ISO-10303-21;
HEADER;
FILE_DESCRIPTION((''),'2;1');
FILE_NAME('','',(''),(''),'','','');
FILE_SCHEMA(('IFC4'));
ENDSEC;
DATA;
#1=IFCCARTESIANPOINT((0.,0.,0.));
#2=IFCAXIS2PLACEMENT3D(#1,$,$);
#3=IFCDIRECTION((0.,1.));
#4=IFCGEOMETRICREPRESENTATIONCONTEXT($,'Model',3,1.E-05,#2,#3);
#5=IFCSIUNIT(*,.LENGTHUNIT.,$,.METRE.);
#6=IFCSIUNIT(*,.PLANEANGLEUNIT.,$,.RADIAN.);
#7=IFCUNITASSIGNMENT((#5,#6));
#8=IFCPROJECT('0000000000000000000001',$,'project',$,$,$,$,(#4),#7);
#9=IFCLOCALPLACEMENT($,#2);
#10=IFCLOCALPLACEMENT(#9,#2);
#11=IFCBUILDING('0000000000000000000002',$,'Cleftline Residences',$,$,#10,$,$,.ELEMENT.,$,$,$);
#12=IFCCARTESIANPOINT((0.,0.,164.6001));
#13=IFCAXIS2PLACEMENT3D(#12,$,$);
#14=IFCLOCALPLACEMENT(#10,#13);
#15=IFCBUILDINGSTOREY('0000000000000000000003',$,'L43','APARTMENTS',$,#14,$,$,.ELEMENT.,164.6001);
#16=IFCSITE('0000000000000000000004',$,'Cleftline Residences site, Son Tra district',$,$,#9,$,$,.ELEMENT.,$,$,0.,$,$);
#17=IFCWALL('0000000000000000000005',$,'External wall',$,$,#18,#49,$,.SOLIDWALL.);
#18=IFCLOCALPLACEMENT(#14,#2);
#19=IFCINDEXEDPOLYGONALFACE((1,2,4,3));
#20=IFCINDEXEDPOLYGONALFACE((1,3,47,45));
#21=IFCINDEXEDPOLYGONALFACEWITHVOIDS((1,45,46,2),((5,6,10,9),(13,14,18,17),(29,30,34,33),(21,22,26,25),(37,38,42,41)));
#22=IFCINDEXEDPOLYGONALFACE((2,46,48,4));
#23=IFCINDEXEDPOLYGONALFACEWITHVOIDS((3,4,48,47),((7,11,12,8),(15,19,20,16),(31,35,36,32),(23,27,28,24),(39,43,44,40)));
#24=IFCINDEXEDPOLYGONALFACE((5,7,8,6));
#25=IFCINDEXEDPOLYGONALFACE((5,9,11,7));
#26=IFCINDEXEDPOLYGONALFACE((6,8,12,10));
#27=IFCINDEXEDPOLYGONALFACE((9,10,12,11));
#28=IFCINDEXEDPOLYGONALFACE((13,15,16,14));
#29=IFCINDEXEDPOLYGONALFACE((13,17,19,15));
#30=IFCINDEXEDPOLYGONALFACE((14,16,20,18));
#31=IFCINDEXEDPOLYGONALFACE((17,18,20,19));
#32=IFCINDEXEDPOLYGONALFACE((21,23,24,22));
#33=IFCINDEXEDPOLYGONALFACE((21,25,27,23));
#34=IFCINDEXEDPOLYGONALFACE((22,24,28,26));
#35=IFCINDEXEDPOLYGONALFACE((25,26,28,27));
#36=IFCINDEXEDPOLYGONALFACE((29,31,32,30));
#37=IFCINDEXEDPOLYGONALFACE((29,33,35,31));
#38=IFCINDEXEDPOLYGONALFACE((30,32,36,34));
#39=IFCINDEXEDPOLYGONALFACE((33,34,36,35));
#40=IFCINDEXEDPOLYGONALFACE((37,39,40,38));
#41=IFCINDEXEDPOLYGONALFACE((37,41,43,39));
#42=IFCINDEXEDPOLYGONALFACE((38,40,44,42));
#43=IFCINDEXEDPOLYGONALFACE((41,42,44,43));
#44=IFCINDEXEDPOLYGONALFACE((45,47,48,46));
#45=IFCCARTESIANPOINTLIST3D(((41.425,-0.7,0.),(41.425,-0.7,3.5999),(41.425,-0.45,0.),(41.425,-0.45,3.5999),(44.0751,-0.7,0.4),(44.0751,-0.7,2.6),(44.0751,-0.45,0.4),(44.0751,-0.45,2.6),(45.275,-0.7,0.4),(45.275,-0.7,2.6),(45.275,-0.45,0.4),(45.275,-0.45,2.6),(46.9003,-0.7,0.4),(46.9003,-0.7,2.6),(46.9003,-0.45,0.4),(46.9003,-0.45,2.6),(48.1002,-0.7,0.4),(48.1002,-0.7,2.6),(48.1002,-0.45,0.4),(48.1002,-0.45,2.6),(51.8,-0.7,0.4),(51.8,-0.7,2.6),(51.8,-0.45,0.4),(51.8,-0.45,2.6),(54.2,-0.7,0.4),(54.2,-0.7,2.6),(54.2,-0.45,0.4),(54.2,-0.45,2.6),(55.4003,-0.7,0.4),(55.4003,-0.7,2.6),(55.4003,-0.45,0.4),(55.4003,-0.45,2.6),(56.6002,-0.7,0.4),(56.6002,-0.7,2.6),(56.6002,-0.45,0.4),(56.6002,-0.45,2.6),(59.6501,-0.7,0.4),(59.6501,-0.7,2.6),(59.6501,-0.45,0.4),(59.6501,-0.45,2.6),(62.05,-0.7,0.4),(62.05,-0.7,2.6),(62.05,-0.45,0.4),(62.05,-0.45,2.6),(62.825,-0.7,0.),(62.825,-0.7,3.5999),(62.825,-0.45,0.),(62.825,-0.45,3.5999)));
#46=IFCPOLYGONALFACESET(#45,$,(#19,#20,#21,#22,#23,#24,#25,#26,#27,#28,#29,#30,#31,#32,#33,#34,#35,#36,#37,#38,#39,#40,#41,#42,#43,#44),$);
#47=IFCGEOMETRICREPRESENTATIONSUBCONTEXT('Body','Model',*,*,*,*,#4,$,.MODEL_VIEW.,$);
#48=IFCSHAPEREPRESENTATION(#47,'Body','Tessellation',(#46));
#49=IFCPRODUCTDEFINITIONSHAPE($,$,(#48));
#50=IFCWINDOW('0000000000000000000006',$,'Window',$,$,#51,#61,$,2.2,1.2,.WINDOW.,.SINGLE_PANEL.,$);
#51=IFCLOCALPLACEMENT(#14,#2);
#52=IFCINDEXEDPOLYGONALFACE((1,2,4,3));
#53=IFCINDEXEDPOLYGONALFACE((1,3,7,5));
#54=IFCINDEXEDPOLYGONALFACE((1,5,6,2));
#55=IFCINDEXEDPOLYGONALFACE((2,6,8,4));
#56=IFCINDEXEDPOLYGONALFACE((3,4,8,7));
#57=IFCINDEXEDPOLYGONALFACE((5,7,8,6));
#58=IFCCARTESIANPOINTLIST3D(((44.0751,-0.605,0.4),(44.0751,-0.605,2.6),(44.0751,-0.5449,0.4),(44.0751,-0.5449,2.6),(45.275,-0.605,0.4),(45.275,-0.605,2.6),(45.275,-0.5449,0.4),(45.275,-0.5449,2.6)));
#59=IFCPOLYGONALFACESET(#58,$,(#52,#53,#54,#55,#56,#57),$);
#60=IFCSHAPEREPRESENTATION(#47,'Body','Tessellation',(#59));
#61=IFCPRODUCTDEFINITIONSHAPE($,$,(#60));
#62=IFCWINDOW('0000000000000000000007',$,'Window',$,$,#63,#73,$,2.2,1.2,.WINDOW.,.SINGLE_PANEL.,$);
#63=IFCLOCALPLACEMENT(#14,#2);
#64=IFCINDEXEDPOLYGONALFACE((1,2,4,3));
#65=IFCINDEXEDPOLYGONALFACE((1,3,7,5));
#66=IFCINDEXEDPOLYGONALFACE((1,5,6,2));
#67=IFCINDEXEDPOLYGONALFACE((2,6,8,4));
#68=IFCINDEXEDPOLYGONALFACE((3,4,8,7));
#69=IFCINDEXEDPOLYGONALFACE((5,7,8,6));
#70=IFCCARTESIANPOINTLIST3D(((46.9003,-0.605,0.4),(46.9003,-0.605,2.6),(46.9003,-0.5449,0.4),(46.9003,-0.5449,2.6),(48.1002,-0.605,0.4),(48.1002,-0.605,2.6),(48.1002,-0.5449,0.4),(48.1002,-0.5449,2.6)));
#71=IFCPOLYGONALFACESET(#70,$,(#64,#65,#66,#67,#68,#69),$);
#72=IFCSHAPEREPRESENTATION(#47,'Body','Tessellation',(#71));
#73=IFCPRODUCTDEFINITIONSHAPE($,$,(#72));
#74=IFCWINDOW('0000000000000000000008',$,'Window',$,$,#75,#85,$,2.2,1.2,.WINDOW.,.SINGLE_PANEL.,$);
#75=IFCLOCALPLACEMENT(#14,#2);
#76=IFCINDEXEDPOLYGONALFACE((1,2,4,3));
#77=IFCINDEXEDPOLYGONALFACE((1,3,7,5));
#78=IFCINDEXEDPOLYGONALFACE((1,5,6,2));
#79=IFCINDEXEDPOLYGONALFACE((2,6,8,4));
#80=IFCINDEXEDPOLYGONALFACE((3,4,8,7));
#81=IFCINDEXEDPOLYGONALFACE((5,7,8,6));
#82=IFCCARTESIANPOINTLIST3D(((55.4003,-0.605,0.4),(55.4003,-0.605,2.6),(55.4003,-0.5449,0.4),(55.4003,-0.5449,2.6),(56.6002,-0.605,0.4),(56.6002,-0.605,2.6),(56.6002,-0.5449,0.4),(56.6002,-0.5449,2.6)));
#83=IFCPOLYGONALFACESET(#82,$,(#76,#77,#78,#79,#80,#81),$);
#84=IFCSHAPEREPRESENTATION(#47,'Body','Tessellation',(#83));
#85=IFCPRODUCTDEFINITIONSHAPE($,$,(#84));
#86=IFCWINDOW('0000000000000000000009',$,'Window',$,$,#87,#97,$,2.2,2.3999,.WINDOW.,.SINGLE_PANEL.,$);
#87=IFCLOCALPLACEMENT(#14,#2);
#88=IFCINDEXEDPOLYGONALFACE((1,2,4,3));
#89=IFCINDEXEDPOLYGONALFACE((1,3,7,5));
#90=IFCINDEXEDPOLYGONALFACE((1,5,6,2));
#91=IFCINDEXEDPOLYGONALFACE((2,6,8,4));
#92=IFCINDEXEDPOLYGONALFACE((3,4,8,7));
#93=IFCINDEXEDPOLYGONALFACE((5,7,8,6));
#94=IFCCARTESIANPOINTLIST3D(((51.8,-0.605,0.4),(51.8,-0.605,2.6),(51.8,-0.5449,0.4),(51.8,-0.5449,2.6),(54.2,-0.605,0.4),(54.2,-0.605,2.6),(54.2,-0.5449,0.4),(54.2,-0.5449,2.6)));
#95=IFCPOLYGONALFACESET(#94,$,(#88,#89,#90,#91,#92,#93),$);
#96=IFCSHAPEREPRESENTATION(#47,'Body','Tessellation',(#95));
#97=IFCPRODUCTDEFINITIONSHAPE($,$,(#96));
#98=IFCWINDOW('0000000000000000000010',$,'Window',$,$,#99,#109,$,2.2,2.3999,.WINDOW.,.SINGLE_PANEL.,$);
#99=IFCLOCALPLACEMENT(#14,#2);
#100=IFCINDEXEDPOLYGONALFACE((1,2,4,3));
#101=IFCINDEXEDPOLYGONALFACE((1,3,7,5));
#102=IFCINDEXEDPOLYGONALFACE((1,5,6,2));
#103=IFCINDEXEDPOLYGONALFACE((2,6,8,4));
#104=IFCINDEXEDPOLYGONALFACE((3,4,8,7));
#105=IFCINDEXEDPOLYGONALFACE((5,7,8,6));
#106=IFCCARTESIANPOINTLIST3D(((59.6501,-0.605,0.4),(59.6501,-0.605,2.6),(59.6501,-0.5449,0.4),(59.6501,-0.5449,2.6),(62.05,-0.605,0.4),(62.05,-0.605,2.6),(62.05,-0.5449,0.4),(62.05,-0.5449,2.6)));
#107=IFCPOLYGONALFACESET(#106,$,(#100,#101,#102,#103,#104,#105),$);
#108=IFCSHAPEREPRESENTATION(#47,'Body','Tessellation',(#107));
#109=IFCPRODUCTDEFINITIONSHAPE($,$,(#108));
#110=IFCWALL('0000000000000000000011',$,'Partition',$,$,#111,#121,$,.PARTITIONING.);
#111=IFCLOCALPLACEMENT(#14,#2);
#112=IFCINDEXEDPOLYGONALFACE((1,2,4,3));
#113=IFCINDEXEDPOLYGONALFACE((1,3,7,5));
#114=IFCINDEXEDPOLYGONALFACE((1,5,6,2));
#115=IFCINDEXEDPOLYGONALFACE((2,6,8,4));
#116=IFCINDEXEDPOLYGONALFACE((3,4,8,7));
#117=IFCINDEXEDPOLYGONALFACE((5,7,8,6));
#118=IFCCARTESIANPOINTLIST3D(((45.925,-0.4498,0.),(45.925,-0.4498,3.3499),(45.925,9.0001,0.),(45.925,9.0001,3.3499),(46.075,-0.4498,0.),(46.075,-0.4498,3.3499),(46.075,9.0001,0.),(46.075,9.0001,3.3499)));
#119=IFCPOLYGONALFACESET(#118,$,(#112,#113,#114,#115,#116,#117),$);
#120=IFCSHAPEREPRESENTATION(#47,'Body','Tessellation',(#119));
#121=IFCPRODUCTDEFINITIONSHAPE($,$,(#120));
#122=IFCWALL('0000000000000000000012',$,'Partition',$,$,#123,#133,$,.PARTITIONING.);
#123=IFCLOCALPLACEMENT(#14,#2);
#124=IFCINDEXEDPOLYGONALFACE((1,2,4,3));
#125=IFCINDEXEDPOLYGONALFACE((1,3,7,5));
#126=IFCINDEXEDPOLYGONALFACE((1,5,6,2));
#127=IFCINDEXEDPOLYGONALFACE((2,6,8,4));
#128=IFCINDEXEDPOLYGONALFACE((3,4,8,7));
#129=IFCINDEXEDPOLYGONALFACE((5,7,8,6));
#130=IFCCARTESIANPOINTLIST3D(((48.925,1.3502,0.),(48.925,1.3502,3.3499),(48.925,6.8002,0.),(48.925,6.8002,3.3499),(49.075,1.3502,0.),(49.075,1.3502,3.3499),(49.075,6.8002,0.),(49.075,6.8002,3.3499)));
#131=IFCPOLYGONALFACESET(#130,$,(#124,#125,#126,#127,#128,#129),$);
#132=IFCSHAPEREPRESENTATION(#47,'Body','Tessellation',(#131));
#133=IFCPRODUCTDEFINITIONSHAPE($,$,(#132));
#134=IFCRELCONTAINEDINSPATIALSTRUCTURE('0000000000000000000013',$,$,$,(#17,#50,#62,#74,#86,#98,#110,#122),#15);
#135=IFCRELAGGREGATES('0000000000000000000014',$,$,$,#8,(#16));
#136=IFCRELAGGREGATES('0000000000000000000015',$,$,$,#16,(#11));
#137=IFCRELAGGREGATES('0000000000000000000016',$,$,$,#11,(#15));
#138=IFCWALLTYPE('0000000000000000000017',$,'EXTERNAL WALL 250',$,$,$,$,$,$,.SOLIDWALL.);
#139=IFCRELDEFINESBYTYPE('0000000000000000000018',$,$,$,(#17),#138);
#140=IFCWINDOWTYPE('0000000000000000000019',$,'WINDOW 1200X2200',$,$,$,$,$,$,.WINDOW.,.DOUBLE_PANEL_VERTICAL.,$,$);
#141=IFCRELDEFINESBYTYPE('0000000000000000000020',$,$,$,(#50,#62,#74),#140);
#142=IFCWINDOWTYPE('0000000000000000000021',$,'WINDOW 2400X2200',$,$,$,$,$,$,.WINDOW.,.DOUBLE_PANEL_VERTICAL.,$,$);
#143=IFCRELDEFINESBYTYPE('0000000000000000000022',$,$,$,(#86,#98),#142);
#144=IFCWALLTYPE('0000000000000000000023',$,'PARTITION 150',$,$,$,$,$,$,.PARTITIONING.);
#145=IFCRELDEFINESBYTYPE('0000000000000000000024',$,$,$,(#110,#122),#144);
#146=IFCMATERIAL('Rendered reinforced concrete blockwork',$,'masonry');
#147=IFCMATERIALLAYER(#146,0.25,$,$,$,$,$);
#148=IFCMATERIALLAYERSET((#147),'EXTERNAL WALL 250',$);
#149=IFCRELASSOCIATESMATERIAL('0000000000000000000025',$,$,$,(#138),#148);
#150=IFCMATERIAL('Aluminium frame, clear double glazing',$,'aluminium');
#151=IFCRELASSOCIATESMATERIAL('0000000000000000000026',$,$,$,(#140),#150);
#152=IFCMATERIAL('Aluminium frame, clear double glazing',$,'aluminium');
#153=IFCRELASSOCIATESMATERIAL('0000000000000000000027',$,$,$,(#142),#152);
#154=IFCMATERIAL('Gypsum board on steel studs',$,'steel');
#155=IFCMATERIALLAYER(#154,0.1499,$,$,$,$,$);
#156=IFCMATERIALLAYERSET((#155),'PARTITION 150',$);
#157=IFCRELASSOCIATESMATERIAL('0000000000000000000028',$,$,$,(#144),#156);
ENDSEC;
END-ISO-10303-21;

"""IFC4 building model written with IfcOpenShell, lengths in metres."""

from ifc_helpers import new_model, si_unit, direction, frame, frame_2d, origin, place, context, subcontext, project, spatial, rectangle, extrude, material, layer, layer_set, type_object, element, fill, save


model = new_model("IFC4")

# Units and contexts
model_context = context("Model", 3, precision=1e-05, world=origin(), true_north=direction((0.0, 1.0)))
body_context = subcontext(model_context, "Body", "Model", "MODEL_VIEW")
ifc_project = project(units=[si_unit("LENGTHUNIT", "METRE"), si_unit("PLANEANGLEUNIT", "RADIAN")], contexts=[model_context])

# Site, building, storey
site_placement = place(None, origin())
site = spatial("IfcSite", under=ifc_project, at=site_placement, Name="Cleftline Residences site, Son Tra district", CompositionType="ELEMENT", RefElevation=0.0)
building_placement = place(site_placement, origin())
building = spatial("IfcBuilding", under=site, at=building_placement, Name="Cleftline Residences", CompositionType="ELEMENT")
storey_placement = place(building_placement, frame((0.0, 0.0, 164.6001)))
storey = spatial("IfcBuildingStorey", under=building, at=storey_placement, Name="L43", Description="APARTMENTS", CompositionType="ELEMENT", Elevation=164.6001)

# Wall, openings, windows
ifc_material_1 = material(Name="Rendered reinforced concrete blockwork", Category="masonry")
ifc_layer_1 = layer(ifc_material_1, 0.25)
ifc_layer_set_1 = layer_set([ifc_layer_1], Name="EXTERNAL WALL 250")
wall_type_1 = type_object("IfcWallType", Name="EXTERNAL WALL 250", PredefinedType="SOLIDWALL", material=ifc_layer_set_1)
wall_1_placement = place(storey_placement, frame((41.425, -0.575, 0.0), z_axis=(0.0, 0.0, 1.0), x_axis=(1.0, 0.0, 0.0)))
wall_1 = element("IfcWall", 1, at=wall_1_placement, inside=storey, type_object=wall_type_1, Name="External wall", PredefinedType="SOLIDWALL", context=body_context, shape_type="SweptSolid", body=[
    extrude(rectangle(XDim=21.3999, YDim=0.25, at=frame_2d((10.7, 0.0))), origin(), (0.0, 0.0, 1.0), 3.5999),
])
opening_1_placement = place(wall_1_placement, frame((2.6499, 0.0, 0.3999)))
opening_1 = element("IfcOpeningElement", 2, at=opening_1_placement, cuts=wall_1, PredefinedType="OPENING", context=body_context, shape_type="SweptSolid", body=[
    extrude(rectangle(XDim=1.2, YDim=2.2, at=frame_2d((0.6001, 1.1001))), frame((0.0, 0.135, 0.0), z_axis=(0.0, -1.0, 0.0), x_axis=(1.0, 0.0, 0.0)), (0.0, 0.0, 1.0), 0.27),
])
opening_2_placement = place(wall_1_placement, frame((5.4751, 0.0, 0.3999)))
opening_2 = element("IfcOpeningElement", 3, at=opening_2_placement, cuts=wall_1, PredefinedType="OPENING", context=body_context, shape_type="SweptSolid", body=[
    extrude(rectangle(XDim=1.2, YDim=2.2, at=frame_2d((0.6001, 1.1001))), frame((0.0, 0.135, 0.0), z_axis=(0.0, -1.0, 0.0), x_axis=(1.0, 0.0, 0.0)), (0.0, 0.0, 1.0), 0.27),
])
opening_3_placement = place(wall_1_placement, frame((10.375, 0.0, 0.3999)))
opening_3 = element("IfcOpeningElement", 4, at=opening_3_placement, cuts=wall_1, PredefinedType="OPENING", context=body_context, shape_type="SweptSolid", body=[
    extrude(rectangle(XDim=2.3999, YDim=2.2, at=frame_2d((1.2, 1.1001))), frame((0.0, 0.135, 0.0), z_axis=(0.0, -1.0, 0.0), x_axis=(1.0, 0.0, 0.0)), (0.0, 0.0, 1.0), 0.27),
])
opening_4_placement = place(wall_1_placement, frame((13.9751, 0.0, 0.3999)))
opening_4 = element("IfcOpeningElement", 5, at=opening_4_placement, cuts=wall_1, PredefinedType="OPENING", context=body_context, shape_type="SweptSolid", body=[
    extrude(rectangle(XDim=1.2, YDim=2.2, at=frame_2d((0.6001, 1.1001))), frame((0.0, 0.135, 0.0), z_axis=(0.0, -1.0, 0.0), x_axis=(1.0, 0.0, 0.0)), (0.0, 0.0, 1.0), 0.27),
])
opening_5_placement = place(wall_1_placement, frame((18.2251, 0.0, 0.3999)))
opening_5 = element("IfcOpeningElement", 6, at=opening_5_placement, cuts=wall_1, PredefinedType="OPENING", context=body_context, shape_type="SweptSolid", body=[
    extrude(rectangle(XDim=2.3999, YDim=2.2, at=frame_2d((1.2, 1.1001))), frame((0.0, 0.135, 0.0), z_axis=(0.0, -1.0, 0.0), x_axis=(1.0, 0.0, 0.0)), (0.0, 0.0, 1.0), 0.27),
])
ifc_material_2 = material(Name="Aluminium frame, clear double glazing", Category="aluminium")
window_type_1 = type_object("IfcWindowType", Name="WINDOW 1200X2200", PartitioningType="DOUBLE_PANEL_VERTICAL", PredefinedType="WINDOW", material=ifc_material_2)
window_1_placement = place(opening_1_placement, origin())
window_1 = element("IfcWindow", 7, at=window_1_placement, inside=storey, type_object=window_type_1, Name="Window", OverallHeight=2.2, OverallWidth=1.2, PartitioningType="SINGLE_PANEL", PredefinedType="WINDOW", context=body_context, shape_type="SweptSolid", body=[
    extrude(rectangle(XDim=1.2, YDim=2.2, at=frame_2d((0.6001, 1.1001))), frame((0.0, 0.03, 0.0), z_axis=(0.0, -1.0, 0.0), x_axis=(1.0, 0.0, 0.0)), (0.0, 0.0, 1.0), 0.0601),
])
fill(opening_1, window_1)
window_2_placement = place(opening_2_placement, origin())
window_2 = element("IfcWindow", 8, at=window_2_placement, inside=storey, type_object=window_type_1, Name="Window", OverallHeight=2.2, OverallWidth=1.2, PartitioningType="SINGLE_PANEL", PredefinedType="WINDOW", context=body_context, shape_type="SweptSolid", body=[
    extrude(rectangle(XDim=1.2, YDim=2.2, at=frame_2d((0.6001, 1.1001))), frame((0.0, 0.03, 0.0), z_axis=(0.0, -1.0, 0.0), x_axis=(1.0, 0.0, 0.0)), (0.0, 0.0, 1.0), 0.0601),
])
fill(opening_2, window_2)
window_3_placement = place(opening_4_placement, origin())
window_3 = element("IfcWindow", 9, at=window_3_placement, inside=storey, type_object=window_type_1, Name="Window", OverallHeight=2.2, OverallWidth=1.2, PartitioningType="SINGLE_PANEL", PredefinedType="WINDOW", context=body_context, shape_type="SweptSolid", body=[
    extrude(rectangle(XDim=1.2, YDim=2.2, at=frame_2d((0.6001, 1.1001))), frame((0.0, 0.03, 0.0), z_axis=(0.0, -1.0, 0.0), x_axis=(1.0, 0.0, 0.0)), (0.0, 0.0, 1.0), 0.0601),
])
fill(opening_4, window_3)
ifc_material_3 = material(Name="Aluminium frame, clear double glazing", Category="aluminium")
window_type_2 = type_object("IfcWindowType", Name="WINDOW 2400X2200", PartitioningType="DOUBLE_PANEL_VERTICAL", PredefinedType="WINDOW", material=ifc_material_3)
window_4_placement = place(opening_3_placement, origin())
window_4 = element("IfcWindow", 10, at=window_4_placement, inside=storey, type_object=window_type_2, Name="Window", OverallHeight=2.2, OverallWidth=2.3999, PartitioningType="SINGLE_PANEL", PredefinedType="WINDOW", context=body_context, shape_type="SweptSolid", body=[
    extrude(rectangle(XDim=2.3999, YDim=2.2, at=frame_2d((1.2, 1.1001))), frame((0.0, 0.03, 0.0), z_axis=(0.0, -1.0, 0.0), x_axis=(1.0, 0.0, 0.0)), (0.0, 0.0, 1.0), 0.0601),
])
fill(opening_3, window_4)
window_5_placement = place(opening_5_placement, origin())
window_5 = element("IfcWindow", 11, at=window_5_placement, inside=storey, type_object=window_type_2, Name="Window", OverallHeight=2.2, OverallWidth=2.3999, PartitioningType="SINGLE_PANEL", PredefinedType="WINDOW", context=body_context, shape_type="SweptSolid", body=[
    extrude(rectangle(XDim=2.3999, YDim=2.2, at=frame_2d((1.2, 1.1001))), frame((0.0, 0.03, 0.0), z_axis=(0.0, -1.0, 0.0), x_axis=(1.0, 0.0, 0.0)), (0.0, 0.0, 1.0), 0.0601),
])
fill(opening_5, window_5)

# Walls
ifc_material_4 = material(Name="Gypsum board on steel studs", Category="steel")
ifc_layer_2 = layer(ifc_material_4, 0.1499)
ifc_layer_set_2 = layer_set([ifc_layer_2], Name="PARTITION 150")
wall_type_2 = type_object("IfcWallType", Name="PARTITION 150", PredefinedType="PARTITIONING", material=ifc_layer_set_2)
wall_2_placement = place(storey_placement, frame((46.0, -0.45, 0.0), z_axis=(0.0, 0.0, 1.0), x_axis=(0.0, 1.0, 0.0)))
element("IfcWall", 12, at=wall_2_placement, inside=storey, type_object=wall_type_2, Name="Partition", PredefinedType="PARTITIONING", context=body_context, shape_type="SweptSolid", body=[
    extrude(rectangle(XDim=9.45, YDim=0.1499, at=frame_2d((4.7251, 0.0))), origin(), (0.0, 0.0, 1.0), 3.3499),
])
wall_3_placement = place(storey_placement, frame((49.0, 1.3501, 0.0), z_axis=(0.0, 0.0, 1.0), x_axis=(0.0, 1.0, 0.0)))
element("IfcWall", 13, at=wall_3_placement, inside=storey, type_object=wall_type_2, Name="Partition", PredefinedType="PARTITIONING", context=body_context, shape_type="SweptSolid", body=[
    extrude(rectangle(XDim=5.45, YDim=0.1499, at=frame_2d((2.7251, 0.0))), origin(), (0.0, 0.0, 1.0), 3.3499),
])

save(model, "model.ifc")
